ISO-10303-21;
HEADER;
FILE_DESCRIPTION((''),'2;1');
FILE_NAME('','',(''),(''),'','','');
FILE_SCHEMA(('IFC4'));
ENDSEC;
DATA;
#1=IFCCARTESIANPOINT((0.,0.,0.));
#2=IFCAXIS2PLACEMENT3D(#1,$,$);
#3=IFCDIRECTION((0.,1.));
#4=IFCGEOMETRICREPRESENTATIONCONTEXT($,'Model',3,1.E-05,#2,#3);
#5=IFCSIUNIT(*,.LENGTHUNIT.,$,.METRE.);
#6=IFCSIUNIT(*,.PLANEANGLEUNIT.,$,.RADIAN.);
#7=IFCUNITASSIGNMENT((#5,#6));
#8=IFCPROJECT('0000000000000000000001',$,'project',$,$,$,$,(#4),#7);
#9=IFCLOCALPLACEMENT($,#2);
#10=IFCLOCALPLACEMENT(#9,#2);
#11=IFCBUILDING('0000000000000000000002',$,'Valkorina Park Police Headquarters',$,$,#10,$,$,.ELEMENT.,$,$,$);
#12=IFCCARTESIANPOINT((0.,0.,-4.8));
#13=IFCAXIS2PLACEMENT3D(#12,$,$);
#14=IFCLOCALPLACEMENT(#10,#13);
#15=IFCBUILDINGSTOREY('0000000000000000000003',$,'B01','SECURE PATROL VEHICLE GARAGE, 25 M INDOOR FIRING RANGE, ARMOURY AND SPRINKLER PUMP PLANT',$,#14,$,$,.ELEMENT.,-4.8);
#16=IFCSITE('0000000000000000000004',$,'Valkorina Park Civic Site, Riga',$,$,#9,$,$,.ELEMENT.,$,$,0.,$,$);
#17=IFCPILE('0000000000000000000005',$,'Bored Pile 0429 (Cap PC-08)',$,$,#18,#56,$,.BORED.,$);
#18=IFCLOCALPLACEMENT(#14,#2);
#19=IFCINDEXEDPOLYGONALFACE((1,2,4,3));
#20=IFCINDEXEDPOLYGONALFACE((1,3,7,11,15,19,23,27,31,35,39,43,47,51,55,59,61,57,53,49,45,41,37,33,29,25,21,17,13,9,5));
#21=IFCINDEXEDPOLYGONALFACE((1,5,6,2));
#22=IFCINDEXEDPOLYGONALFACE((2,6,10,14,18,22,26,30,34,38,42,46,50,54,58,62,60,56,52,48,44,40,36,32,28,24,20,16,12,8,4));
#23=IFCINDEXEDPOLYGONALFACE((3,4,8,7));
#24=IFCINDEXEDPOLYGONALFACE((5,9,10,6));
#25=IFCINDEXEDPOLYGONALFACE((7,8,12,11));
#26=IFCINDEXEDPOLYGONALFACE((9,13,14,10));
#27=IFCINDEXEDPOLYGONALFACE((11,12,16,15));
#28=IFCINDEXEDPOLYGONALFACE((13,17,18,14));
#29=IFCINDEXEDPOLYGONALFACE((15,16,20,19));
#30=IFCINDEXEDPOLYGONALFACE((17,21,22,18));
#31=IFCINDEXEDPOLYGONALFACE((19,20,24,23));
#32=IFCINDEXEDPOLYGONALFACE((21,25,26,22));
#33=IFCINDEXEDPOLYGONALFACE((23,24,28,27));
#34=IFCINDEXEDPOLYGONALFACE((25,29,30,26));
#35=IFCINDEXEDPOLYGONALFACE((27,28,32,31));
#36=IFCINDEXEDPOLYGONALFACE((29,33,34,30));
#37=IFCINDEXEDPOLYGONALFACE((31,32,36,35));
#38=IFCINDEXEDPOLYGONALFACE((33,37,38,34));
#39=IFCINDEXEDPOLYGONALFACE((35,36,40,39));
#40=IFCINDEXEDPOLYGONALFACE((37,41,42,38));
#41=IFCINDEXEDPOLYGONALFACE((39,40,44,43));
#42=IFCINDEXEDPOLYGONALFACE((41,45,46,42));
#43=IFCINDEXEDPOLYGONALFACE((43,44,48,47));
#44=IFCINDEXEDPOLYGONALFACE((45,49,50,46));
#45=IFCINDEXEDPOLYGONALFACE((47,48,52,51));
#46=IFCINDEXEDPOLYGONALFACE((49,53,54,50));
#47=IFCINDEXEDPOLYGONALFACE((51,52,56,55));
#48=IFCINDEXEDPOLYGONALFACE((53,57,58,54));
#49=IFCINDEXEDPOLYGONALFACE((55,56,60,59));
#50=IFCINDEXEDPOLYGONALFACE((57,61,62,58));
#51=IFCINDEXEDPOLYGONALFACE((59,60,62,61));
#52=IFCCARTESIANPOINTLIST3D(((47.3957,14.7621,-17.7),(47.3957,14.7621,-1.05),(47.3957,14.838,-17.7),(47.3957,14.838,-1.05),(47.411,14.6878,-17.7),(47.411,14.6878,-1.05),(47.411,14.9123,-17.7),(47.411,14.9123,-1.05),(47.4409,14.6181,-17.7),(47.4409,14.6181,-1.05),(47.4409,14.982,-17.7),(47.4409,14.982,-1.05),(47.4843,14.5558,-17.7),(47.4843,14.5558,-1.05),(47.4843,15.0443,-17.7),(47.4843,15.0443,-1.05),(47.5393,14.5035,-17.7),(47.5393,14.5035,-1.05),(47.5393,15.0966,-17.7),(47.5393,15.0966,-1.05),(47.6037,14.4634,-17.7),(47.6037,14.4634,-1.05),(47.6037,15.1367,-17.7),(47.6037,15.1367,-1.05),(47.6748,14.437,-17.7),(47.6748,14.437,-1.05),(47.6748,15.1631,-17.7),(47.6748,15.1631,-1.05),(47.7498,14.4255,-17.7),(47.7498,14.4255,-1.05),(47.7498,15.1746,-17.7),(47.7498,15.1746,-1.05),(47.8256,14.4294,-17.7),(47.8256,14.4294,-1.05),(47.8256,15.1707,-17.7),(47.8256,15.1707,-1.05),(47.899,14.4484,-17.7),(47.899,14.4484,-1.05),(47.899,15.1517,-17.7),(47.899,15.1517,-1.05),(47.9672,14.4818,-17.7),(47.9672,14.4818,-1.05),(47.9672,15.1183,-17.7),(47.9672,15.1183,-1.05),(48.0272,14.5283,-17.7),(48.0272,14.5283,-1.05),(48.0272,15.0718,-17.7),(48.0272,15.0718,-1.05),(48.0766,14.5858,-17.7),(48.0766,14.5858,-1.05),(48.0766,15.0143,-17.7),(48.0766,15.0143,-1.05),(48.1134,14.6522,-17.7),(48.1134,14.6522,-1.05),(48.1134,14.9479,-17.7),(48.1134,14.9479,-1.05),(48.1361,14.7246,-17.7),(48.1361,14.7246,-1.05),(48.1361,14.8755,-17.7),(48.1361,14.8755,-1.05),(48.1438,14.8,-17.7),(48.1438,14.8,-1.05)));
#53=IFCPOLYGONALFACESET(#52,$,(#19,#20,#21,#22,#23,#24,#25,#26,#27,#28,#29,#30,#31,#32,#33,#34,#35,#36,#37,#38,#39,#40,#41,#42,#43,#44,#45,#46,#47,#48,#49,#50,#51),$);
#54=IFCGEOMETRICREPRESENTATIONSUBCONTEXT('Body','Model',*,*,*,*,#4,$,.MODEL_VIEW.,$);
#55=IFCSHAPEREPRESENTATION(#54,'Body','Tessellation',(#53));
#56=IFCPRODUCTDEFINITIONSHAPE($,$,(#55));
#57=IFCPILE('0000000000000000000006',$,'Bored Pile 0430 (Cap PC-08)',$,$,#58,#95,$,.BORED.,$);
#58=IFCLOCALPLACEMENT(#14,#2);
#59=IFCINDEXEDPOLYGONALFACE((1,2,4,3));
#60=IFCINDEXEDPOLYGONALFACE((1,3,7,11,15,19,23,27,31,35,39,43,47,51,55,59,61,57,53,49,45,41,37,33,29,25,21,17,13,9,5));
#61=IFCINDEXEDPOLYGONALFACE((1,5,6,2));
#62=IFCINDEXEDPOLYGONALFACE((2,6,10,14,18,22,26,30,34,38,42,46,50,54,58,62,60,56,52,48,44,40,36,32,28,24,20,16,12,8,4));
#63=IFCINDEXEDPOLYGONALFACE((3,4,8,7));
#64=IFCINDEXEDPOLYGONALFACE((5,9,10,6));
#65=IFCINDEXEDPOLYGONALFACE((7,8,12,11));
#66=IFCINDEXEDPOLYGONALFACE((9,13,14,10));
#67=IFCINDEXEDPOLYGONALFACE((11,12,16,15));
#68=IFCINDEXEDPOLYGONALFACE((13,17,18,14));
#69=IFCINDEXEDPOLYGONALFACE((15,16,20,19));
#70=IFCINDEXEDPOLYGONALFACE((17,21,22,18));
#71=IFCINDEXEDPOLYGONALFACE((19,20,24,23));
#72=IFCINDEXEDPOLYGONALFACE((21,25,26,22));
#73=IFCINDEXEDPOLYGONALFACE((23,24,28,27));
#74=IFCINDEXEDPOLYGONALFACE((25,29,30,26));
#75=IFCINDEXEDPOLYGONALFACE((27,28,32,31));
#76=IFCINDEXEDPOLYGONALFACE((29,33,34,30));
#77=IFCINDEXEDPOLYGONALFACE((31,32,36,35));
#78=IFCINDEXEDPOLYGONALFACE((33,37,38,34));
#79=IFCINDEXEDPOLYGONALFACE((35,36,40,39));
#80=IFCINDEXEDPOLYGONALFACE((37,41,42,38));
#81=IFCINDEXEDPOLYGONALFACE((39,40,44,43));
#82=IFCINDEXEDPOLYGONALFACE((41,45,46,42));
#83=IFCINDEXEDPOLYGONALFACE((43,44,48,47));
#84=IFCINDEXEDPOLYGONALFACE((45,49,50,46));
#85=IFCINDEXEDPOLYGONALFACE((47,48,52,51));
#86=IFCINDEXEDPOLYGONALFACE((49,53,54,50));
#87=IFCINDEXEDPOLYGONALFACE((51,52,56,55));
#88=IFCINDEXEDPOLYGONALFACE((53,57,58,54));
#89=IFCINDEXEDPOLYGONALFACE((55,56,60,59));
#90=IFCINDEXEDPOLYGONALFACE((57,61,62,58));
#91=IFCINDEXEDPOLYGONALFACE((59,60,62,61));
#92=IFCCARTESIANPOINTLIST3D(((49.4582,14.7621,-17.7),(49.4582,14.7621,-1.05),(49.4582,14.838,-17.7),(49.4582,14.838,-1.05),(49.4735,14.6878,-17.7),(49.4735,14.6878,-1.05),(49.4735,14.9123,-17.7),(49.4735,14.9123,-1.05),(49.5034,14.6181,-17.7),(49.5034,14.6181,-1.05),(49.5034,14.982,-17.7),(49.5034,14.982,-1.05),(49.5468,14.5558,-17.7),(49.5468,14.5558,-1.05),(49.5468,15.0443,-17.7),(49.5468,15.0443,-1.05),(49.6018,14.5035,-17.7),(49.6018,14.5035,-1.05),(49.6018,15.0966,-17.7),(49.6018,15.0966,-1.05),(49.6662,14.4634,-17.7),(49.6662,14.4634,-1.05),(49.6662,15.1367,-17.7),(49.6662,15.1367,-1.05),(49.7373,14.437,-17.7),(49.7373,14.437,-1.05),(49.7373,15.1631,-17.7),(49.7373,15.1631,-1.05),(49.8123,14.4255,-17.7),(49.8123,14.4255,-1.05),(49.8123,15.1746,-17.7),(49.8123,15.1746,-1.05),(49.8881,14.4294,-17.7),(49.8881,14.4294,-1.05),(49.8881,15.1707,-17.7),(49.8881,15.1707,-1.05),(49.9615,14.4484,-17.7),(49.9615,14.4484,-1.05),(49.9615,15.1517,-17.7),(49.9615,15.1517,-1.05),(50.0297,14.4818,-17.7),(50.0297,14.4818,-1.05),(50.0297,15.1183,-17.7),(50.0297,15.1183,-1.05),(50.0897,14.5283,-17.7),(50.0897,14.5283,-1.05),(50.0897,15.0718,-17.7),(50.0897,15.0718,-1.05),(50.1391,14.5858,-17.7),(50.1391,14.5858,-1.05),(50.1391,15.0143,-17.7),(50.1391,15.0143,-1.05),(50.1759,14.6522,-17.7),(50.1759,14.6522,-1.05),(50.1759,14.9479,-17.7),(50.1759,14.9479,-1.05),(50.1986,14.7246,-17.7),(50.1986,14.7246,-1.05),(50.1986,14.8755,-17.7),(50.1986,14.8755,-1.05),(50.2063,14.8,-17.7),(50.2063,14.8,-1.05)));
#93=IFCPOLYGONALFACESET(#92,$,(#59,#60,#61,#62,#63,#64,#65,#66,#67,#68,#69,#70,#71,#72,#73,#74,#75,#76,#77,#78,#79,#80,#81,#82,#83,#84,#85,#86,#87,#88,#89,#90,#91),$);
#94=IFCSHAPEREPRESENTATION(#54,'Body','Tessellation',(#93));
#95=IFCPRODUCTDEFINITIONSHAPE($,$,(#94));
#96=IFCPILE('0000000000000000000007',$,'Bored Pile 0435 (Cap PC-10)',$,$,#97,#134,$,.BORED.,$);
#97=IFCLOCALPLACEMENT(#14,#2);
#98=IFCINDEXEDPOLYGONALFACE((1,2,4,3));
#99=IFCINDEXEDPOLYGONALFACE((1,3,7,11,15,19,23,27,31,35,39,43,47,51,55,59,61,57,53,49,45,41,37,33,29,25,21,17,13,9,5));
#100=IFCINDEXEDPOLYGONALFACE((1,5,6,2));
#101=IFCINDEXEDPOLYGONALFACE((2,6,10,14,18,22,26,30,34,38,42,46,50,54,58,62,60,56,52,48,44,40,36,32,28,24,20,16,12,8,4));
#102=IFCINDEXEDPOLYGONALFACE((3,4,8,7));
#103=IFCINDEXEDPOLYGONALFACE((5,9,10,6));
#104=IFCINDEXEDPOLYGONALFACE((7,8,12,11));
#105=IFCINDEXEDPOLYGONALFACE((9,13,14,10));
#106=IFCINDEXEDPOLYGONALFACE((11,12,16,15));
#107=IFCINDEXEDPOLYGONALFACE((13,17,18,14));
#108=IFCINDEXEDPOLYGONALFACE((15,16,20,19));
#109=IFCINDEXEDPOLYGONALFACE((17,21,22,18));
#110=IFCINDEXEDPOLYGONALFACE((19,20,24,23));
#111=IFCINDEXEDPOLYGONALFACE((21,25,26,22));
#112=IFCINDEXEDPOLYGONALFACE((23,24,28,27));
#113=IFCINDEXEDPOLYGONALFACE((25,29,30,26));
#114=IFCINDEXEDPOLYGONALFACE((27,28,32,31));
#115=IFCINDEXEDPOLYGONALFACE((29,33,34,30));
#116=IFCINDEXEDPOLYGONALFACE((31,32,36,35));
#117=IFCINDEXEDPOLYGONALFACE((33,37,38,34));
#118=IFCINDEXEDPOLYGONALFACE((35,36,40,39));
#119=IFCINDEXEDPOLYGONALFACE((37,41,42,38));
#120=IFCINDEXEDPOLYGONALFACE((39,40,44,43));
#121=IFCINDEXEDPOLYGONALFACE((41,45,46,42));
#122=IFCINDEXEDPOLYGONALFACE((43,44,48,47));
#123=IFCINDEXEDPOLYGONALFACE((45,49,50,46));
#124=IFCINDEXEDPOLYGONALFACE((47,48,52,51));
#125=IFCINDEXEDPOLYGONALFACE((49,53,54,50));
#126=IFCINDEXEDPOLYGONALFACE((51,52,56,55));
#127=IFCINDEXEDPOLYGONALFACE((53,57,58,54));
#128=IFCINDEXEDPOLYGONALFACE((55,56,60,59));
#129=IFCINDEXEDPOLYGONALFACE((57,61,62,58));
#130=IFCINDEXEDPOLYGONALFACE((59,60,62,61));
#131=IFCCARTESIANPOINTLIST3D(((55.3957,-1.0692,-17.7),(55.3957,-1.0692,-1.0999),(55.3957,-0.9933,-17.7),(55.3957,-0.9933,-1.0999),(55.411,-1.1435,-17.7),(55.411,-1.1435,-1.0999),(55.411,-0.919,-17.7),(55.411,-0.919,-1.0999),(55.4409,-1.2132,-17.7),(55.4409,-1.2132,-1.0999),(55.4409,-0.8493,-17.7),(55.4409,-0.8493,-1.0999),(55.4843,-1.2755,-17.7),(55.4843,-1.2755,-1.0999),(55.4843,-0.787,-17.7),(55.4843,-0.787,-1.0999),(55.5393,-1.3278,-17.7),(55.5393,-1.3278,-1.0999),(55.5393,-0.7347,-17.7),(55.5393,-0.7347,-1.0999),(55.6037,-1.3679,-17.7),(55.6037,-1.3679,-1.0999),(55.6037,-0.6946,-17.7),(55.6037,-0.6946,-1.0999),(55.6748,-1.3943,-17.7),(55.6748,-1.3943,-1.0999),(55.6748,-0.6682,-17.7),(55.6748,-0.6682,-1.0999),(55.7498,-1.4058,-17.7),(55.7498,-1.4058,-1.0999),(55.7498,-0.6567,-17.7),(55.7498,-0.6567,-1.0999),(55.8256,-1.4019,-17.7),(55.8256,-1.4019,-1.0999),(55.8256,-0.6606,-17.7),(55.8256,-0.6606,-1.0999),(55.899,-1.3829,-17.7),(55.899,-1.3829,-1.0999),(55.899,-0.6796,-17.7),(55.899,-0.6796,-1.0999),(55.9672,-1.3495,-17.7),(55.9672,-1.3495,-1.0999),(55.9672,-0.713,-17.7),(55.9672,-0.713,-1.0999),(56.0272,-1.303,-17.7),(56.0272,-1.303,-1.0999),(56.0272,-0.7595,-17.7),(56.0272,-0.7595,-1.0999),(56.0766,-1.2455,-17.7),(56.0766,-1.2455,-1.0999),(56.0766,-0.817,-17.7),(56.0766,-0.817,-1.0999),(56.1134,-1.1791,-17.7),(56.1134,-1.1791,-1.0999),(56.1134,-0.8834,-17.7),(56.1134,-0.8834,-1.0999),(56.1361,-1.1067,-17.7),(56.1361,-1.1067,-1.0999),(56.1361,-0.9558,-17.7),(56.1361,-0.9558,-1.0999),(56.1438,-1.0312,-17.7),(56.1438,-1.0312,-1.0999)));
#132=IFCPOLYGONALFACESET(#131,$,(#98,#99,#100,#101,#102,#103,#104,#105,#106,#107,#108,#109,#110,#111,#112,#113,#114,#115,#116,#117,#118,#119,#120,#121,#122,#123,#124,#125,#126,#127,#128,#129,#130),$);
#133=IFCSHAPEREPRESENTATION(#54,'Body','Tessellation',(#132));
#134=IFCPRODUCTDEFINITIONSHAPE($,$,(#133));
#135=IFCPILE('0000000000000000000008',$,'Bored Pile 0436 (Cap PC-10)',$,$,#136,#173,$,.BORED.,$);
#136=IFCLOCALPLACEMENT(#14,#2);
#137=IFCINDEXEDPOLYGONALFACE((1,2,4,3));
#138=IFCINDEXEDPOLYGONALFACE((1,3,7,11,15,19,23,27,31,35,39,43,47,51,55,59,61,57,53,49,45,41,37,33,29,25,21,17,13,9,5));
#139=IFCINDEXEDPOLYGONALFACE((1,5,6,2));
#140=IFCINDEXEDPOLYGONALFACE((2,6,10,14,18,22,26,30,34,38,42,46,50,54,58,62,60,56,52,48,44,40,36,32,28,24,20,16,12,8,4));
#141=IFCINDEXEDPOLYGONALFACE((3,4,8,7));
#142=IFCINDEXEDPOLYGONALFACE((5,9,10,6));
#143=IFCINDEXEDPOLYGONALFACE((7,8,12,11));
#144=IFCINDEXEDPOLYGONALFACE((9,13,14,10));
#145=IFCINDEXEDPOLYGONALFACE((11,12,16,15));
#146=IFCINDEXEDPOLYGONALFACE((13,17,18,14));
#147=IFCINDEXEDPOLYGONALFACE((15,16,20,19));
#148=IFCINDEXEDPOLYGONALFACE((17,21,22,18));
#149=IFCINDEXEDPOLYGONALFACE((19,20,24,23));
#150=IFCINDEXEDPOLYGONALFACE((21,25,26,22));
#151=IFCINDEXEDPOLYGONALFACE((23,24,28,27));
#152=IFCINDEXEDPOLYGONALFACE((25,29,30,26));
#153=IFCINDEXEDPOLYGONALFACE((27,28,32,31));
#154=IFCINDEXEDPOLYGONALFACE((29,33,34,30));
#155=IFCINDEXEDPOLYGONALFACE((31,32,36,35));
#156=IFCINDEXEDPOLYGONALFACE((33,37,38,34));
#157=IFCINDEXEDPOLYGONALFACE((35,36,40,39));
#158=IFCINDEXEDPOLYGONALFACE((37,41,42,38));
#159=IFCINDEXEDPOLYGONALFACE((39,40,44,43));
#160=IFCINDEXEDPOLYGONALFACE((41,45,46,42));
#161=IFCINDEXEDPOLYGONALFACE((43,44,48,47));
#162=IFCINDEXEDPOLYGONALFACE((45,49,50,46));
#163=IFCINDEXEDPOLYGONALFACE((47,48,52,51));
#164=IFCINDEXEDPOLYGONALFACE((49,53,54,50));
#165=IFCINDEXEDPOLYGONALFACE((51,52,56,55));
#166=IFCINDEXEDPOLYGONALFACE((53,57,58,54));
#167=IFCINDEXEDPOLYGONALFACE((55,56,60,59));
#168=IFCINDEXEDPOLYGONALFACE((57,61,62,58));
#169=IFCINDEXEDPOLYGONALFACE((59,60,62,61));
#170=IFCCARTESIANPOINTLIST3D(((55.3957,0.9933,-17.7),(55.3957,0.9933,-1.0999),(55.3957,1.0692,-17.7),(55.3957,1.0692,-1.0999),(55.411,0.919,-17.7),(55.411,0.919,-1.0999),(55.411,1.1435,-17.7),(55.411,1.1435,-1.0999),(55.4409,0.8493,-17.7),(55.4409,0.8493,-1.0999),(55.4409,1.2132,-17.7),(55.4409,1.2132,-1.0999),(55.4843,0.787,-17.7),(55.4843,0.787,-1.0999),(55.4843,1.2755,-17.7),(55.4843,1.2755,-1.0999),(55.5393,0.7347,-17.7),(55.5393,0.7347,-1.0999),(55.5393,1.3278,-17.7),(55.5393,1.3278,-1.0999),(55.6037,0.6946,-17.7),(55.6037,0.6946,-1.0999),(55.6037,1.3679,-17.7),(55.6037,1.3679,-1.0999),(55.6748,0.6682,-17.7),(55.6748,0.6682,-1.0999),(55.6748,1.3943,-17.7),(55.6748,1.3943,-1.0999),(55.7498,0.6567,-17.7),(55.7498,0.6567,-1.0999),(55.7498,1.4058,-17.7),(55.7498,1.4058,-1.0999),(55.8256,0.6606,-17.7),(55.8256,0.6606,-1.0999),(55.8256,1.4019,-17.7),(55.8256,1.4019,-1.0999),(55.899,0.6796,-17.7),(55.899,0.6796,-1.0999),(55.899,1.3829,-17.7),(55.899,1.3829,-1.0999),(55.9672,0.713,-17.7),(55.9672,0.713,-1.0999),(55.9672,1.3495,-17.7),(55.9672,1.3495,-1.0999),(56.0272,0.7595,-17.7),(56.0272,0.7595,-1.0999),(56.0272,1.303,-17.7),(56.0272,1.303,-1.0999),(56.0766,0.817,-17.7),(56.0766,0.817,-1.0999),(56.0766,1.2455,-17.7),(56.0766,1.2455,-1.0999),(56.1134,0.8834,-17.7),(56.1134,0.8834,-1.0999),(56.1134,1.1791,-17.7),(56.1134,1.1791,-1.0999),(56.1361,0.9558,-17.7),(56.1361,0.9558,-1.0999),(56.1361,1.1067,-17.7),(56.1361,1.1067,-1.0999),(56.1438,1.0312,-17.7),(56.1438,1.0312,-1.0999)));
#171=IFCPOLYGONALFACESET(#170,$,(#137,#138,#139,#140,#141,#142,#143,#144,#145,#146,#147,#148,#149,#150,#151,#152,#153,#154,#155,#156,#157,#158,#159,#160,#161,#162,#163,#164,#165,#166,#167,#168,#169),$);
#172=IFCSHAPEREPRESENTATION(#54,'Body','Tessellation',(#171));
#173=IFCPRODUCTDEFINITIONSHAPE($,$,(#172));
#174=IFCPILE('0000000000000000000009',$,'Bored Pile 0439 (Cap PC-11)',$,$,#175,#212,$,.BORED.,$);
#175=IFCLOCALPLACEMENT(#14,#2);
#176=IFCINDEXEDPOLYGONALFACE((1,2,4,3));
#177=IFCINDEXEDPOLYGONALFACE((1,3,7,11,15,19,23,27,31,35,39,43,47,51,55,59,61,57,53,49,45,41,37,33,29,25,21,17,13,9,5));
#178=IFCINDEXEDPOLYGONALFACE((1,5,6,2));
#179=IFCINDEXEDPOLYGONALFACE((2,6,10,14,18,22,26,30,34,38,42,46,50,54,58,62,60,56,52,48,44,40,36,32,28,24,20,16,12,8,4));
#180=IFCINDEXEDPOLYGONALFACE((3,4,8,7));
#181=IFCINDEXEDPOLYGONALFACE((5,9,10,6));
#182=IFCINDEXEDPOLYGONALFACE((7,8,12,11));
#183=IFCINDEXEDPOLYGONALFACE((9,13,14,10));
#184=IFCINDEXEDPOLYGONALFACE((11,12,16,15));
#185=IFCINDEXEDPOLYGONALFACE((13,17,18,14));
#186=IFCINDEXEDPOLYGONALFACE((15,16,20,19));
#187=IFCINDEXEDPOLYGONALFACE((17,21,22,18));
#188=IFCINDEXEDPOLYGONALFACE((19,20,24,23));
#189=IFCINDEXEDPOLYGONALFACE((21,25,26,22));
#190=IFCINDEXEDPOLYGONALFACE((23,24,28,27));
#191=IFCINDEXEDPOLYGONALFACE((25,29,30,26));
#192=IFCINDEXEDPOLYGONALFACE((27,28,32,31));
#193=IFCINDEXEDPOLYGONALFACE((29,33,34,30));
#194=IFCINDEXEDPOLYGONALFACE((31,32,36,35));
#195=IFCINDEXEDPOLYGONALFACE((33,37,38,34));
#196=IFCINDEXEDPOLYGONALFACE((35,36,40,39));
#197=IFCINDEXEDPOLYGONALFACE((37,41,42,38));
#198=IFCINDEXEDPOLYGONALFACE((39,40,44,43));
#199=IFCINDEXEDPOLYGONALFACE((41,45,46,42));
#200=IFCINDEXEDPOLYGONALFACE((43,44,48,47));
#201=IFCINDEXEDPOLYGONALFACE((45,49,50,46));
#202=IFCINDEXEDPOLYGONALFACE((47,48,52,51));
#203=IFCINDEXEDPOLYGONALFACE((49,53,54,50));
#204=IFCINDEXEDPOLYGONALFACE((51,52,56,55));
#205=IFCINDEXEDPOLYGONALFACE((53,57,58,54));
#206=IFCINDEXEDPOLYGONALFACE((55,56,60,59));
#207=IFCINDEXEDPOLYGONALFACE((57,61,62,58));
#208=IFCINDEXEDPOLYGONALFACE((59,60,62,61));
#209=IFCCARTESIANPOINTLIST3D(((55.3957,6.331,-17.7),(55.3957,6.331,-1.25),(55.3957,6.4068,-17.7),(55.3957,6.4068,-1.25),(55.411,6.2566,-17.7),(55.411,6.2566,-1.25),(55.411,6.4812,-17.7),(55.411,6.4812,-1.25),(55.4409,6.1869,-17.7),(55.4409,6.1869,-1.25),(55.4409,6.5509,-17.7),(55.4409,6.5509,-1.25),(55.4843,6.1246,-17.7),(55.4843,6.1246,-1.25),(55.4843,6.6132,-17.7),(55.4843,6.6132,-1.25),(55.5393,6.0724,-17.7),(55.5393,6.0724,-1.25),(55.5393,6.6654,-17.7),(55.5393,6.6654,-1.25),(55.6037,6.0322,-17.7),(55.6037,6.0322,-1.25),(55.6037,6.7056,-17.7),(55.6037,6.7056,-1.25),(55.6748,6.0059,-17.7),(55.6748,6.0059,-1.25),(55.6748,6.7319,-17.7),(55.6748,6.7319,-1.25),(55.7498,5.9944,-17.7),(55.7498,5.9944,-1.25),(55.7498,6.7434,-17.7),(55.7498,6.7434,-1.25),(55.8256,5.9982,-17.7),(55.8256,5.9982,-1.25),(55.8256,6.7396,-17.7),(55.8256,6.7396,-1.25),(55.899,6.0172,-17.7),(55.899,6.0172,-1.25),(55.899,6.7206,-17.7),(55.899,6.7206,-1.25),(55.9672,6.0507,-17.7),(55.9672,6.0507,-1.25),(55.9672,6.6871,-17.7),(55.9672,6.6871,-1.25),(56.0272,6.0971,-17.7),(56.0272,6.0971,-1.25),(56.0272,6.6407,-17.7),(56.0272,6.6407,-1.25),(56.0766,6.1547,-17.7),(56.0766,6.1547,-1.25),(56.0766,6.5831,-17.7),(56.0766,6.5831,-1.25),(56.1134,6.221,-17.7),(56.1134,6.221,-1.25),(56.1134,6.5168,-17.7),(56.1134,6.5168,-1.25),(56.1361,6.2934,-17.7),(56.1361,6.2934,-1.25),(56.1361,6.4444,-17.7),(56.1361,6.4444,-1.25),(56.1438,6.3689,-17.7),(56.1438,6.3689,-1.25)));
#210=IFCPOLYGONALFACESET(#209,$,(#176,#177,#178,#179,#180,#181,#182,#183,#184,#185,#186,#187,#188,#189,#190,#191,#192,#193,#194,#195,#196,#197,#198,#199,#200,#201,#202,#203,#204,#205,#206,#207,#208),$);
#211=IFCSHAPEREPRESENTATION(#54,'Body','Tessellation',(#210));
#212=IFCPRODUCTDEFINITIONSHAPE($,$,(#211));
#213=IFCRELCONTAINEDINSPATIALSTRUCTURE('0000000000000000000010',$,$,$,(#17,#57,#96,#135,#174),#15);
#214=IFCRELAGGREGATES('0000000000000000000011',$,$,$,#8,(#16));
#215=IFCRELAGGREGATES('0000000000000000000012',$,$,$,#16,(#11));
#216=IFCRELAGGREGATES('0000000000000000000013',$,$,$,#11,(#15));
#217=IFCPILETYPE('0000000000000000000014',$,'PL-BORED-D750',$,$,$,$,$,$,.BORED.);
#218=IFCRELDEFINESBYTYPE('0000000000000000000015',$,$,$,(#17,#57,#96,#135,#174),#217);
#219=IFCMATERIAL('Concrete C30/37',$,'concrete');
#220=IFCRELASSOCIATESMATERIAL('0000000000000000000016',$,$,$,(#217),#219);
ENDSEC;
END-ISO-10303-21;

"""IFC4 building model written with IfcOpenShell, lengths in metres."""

from ifc_helpers import new_model, si_unit, direction, frame, origin, origin_2d, place, context, subcontext, project, spatial, circle, extrude, material, material_profile, profile_set, type_object, element, save


model = new_model("IFC4")

# Units and contexts
model_context = context("Model", 3, precision=1e-05, world=origin(), true_north=direction((0.0, 1.0)))
body_context = subcontext(model_context, "Body", "Model", "MODEL_VIEW")
ifc_project = project(units=[si_unit("LENGTHUNIT", "METRE"), si_unit("PLANEANGLEUNIT", "RADIAN")], contexts=[model_context])

# Site, building, storey
site_placement = place(None, origin())
site = spatial("IfcSite", under=ifc_project, at=site_placement, Name="Valkorina Park Civic Site, Riga", CompositionType="ELEMENT", RefElevation=0.0)
building_placement = place(site_placement, origin())
building = spatial("IfcBuilding", under=site, at=building_placement, Name="Valkorina Park Police Headquarters", CompositionType="ELEMENT")
storey_placement = place(building_placement, frame((0.0, 0.0, -4.8)))
storey = spatial("IfcBuildingStorey", under=building, at=storey_placement, Name="B01", Description="SECURE PATROL VEHICLE GARAGE, 25 M INDOOR FIRING RANGE, ARMOURY AND SPRINKLER PUMP PLANT", CompositionType="ELEMENT", Elevation=-4.8)

# Piles
ifc_material_1 = material(Name="Concrete C30/37", Category="concrete")
ifc_material_profile_1 = material_profile(ifc_material_1, circle(Radius=0.375, at=origin_2d()), Name="BORED PILE D750")
ifc_profile_set_1 = profile_set([ifc_material_profile_1], Name="Concrete C30/37")
pile_type_1 = type_object("IfcPileType", Name="PL-BORED-D750", PredefinedType="BORED", material=ifc_profile_set_1)
for number, where, z_axis, x_axis, name in (
    (1, (47.7688, 14.8, -1.05), (0.0, 0.0, -1.0), (1.0, 0.0, 0.0), "Bored Pile 0429 (Cap PC-08)"),
    (2, (49.8313, 14.8, -1.05), (0.0, 0.0, -1.0), (1.0, 0.0, 0.0), "Bored Pile 0430 (Cap PC-08)"),
):
    element("IfcPile", number, at=place(storey_placement, frame(where, z_axis=z_axis, x_axis=x_axis)), inside=storey, type_object=pile_type_1, Name=name, PredefinedType="BORED", context=body_context, shape_type="SweptSolid", body=[
        extrude(circle(Radius=0.375, at=origin_2d()), origin(), (0.0, 0.0, 1.0), 16.6499),
    ])
for number, where, z_axis, x_axis, name in (
    (3, (55.7688, -1.0312, -1.0999), (0.0, 0.0, -1.0), (1.0, 0.0, 0.0), "Bored Pile 0435 (Cap PC-10)"),
    (4, (55.7688, 1.0312, -1.0999), (0.0, 0.0, -1.0), (1.0, 0.0, 0.0), "Bored Pile 0436 (Cap PC-10)"),
):
    element("IfcPile", number, at=place(storey_placement, frame(where, z_axis=z_axis, x_axis=x_axis)), inside=storey, type_object=pile_type_1, Name=name, PredefinedType="BORED", context=body_context, shape_type="SweptSolid", body=[
        extrude(circle(Radius=0.375, at=origin_2d()), origin(), (0.0, 0.0, 1.0), 16.6001),
    ])
for number, where, z_axis, x_axis, name in (
    (5, (55.7688, 6.3689, -1.25), (0.0, 0.0, -1.0), (1.0, 0.0, 0.0), "Bored Pile 0439 (Cap PC-11)"),
):
    element("IfcPile", number, at=place(storey_placement, frame(where, z_axis=z_axis, x_axis=x_axis)), inside=storey, type_object=pile_type_1, Name=name, PredefinedType="BORED", context=body_context, shape_type="SweptSolid", body=[
        extrude(circle(Radius=0.375, at=origin_2d()), origin(), (0.0, 0.0, 1.0), 16.45),
    ])

save(model, "model.ifc")
